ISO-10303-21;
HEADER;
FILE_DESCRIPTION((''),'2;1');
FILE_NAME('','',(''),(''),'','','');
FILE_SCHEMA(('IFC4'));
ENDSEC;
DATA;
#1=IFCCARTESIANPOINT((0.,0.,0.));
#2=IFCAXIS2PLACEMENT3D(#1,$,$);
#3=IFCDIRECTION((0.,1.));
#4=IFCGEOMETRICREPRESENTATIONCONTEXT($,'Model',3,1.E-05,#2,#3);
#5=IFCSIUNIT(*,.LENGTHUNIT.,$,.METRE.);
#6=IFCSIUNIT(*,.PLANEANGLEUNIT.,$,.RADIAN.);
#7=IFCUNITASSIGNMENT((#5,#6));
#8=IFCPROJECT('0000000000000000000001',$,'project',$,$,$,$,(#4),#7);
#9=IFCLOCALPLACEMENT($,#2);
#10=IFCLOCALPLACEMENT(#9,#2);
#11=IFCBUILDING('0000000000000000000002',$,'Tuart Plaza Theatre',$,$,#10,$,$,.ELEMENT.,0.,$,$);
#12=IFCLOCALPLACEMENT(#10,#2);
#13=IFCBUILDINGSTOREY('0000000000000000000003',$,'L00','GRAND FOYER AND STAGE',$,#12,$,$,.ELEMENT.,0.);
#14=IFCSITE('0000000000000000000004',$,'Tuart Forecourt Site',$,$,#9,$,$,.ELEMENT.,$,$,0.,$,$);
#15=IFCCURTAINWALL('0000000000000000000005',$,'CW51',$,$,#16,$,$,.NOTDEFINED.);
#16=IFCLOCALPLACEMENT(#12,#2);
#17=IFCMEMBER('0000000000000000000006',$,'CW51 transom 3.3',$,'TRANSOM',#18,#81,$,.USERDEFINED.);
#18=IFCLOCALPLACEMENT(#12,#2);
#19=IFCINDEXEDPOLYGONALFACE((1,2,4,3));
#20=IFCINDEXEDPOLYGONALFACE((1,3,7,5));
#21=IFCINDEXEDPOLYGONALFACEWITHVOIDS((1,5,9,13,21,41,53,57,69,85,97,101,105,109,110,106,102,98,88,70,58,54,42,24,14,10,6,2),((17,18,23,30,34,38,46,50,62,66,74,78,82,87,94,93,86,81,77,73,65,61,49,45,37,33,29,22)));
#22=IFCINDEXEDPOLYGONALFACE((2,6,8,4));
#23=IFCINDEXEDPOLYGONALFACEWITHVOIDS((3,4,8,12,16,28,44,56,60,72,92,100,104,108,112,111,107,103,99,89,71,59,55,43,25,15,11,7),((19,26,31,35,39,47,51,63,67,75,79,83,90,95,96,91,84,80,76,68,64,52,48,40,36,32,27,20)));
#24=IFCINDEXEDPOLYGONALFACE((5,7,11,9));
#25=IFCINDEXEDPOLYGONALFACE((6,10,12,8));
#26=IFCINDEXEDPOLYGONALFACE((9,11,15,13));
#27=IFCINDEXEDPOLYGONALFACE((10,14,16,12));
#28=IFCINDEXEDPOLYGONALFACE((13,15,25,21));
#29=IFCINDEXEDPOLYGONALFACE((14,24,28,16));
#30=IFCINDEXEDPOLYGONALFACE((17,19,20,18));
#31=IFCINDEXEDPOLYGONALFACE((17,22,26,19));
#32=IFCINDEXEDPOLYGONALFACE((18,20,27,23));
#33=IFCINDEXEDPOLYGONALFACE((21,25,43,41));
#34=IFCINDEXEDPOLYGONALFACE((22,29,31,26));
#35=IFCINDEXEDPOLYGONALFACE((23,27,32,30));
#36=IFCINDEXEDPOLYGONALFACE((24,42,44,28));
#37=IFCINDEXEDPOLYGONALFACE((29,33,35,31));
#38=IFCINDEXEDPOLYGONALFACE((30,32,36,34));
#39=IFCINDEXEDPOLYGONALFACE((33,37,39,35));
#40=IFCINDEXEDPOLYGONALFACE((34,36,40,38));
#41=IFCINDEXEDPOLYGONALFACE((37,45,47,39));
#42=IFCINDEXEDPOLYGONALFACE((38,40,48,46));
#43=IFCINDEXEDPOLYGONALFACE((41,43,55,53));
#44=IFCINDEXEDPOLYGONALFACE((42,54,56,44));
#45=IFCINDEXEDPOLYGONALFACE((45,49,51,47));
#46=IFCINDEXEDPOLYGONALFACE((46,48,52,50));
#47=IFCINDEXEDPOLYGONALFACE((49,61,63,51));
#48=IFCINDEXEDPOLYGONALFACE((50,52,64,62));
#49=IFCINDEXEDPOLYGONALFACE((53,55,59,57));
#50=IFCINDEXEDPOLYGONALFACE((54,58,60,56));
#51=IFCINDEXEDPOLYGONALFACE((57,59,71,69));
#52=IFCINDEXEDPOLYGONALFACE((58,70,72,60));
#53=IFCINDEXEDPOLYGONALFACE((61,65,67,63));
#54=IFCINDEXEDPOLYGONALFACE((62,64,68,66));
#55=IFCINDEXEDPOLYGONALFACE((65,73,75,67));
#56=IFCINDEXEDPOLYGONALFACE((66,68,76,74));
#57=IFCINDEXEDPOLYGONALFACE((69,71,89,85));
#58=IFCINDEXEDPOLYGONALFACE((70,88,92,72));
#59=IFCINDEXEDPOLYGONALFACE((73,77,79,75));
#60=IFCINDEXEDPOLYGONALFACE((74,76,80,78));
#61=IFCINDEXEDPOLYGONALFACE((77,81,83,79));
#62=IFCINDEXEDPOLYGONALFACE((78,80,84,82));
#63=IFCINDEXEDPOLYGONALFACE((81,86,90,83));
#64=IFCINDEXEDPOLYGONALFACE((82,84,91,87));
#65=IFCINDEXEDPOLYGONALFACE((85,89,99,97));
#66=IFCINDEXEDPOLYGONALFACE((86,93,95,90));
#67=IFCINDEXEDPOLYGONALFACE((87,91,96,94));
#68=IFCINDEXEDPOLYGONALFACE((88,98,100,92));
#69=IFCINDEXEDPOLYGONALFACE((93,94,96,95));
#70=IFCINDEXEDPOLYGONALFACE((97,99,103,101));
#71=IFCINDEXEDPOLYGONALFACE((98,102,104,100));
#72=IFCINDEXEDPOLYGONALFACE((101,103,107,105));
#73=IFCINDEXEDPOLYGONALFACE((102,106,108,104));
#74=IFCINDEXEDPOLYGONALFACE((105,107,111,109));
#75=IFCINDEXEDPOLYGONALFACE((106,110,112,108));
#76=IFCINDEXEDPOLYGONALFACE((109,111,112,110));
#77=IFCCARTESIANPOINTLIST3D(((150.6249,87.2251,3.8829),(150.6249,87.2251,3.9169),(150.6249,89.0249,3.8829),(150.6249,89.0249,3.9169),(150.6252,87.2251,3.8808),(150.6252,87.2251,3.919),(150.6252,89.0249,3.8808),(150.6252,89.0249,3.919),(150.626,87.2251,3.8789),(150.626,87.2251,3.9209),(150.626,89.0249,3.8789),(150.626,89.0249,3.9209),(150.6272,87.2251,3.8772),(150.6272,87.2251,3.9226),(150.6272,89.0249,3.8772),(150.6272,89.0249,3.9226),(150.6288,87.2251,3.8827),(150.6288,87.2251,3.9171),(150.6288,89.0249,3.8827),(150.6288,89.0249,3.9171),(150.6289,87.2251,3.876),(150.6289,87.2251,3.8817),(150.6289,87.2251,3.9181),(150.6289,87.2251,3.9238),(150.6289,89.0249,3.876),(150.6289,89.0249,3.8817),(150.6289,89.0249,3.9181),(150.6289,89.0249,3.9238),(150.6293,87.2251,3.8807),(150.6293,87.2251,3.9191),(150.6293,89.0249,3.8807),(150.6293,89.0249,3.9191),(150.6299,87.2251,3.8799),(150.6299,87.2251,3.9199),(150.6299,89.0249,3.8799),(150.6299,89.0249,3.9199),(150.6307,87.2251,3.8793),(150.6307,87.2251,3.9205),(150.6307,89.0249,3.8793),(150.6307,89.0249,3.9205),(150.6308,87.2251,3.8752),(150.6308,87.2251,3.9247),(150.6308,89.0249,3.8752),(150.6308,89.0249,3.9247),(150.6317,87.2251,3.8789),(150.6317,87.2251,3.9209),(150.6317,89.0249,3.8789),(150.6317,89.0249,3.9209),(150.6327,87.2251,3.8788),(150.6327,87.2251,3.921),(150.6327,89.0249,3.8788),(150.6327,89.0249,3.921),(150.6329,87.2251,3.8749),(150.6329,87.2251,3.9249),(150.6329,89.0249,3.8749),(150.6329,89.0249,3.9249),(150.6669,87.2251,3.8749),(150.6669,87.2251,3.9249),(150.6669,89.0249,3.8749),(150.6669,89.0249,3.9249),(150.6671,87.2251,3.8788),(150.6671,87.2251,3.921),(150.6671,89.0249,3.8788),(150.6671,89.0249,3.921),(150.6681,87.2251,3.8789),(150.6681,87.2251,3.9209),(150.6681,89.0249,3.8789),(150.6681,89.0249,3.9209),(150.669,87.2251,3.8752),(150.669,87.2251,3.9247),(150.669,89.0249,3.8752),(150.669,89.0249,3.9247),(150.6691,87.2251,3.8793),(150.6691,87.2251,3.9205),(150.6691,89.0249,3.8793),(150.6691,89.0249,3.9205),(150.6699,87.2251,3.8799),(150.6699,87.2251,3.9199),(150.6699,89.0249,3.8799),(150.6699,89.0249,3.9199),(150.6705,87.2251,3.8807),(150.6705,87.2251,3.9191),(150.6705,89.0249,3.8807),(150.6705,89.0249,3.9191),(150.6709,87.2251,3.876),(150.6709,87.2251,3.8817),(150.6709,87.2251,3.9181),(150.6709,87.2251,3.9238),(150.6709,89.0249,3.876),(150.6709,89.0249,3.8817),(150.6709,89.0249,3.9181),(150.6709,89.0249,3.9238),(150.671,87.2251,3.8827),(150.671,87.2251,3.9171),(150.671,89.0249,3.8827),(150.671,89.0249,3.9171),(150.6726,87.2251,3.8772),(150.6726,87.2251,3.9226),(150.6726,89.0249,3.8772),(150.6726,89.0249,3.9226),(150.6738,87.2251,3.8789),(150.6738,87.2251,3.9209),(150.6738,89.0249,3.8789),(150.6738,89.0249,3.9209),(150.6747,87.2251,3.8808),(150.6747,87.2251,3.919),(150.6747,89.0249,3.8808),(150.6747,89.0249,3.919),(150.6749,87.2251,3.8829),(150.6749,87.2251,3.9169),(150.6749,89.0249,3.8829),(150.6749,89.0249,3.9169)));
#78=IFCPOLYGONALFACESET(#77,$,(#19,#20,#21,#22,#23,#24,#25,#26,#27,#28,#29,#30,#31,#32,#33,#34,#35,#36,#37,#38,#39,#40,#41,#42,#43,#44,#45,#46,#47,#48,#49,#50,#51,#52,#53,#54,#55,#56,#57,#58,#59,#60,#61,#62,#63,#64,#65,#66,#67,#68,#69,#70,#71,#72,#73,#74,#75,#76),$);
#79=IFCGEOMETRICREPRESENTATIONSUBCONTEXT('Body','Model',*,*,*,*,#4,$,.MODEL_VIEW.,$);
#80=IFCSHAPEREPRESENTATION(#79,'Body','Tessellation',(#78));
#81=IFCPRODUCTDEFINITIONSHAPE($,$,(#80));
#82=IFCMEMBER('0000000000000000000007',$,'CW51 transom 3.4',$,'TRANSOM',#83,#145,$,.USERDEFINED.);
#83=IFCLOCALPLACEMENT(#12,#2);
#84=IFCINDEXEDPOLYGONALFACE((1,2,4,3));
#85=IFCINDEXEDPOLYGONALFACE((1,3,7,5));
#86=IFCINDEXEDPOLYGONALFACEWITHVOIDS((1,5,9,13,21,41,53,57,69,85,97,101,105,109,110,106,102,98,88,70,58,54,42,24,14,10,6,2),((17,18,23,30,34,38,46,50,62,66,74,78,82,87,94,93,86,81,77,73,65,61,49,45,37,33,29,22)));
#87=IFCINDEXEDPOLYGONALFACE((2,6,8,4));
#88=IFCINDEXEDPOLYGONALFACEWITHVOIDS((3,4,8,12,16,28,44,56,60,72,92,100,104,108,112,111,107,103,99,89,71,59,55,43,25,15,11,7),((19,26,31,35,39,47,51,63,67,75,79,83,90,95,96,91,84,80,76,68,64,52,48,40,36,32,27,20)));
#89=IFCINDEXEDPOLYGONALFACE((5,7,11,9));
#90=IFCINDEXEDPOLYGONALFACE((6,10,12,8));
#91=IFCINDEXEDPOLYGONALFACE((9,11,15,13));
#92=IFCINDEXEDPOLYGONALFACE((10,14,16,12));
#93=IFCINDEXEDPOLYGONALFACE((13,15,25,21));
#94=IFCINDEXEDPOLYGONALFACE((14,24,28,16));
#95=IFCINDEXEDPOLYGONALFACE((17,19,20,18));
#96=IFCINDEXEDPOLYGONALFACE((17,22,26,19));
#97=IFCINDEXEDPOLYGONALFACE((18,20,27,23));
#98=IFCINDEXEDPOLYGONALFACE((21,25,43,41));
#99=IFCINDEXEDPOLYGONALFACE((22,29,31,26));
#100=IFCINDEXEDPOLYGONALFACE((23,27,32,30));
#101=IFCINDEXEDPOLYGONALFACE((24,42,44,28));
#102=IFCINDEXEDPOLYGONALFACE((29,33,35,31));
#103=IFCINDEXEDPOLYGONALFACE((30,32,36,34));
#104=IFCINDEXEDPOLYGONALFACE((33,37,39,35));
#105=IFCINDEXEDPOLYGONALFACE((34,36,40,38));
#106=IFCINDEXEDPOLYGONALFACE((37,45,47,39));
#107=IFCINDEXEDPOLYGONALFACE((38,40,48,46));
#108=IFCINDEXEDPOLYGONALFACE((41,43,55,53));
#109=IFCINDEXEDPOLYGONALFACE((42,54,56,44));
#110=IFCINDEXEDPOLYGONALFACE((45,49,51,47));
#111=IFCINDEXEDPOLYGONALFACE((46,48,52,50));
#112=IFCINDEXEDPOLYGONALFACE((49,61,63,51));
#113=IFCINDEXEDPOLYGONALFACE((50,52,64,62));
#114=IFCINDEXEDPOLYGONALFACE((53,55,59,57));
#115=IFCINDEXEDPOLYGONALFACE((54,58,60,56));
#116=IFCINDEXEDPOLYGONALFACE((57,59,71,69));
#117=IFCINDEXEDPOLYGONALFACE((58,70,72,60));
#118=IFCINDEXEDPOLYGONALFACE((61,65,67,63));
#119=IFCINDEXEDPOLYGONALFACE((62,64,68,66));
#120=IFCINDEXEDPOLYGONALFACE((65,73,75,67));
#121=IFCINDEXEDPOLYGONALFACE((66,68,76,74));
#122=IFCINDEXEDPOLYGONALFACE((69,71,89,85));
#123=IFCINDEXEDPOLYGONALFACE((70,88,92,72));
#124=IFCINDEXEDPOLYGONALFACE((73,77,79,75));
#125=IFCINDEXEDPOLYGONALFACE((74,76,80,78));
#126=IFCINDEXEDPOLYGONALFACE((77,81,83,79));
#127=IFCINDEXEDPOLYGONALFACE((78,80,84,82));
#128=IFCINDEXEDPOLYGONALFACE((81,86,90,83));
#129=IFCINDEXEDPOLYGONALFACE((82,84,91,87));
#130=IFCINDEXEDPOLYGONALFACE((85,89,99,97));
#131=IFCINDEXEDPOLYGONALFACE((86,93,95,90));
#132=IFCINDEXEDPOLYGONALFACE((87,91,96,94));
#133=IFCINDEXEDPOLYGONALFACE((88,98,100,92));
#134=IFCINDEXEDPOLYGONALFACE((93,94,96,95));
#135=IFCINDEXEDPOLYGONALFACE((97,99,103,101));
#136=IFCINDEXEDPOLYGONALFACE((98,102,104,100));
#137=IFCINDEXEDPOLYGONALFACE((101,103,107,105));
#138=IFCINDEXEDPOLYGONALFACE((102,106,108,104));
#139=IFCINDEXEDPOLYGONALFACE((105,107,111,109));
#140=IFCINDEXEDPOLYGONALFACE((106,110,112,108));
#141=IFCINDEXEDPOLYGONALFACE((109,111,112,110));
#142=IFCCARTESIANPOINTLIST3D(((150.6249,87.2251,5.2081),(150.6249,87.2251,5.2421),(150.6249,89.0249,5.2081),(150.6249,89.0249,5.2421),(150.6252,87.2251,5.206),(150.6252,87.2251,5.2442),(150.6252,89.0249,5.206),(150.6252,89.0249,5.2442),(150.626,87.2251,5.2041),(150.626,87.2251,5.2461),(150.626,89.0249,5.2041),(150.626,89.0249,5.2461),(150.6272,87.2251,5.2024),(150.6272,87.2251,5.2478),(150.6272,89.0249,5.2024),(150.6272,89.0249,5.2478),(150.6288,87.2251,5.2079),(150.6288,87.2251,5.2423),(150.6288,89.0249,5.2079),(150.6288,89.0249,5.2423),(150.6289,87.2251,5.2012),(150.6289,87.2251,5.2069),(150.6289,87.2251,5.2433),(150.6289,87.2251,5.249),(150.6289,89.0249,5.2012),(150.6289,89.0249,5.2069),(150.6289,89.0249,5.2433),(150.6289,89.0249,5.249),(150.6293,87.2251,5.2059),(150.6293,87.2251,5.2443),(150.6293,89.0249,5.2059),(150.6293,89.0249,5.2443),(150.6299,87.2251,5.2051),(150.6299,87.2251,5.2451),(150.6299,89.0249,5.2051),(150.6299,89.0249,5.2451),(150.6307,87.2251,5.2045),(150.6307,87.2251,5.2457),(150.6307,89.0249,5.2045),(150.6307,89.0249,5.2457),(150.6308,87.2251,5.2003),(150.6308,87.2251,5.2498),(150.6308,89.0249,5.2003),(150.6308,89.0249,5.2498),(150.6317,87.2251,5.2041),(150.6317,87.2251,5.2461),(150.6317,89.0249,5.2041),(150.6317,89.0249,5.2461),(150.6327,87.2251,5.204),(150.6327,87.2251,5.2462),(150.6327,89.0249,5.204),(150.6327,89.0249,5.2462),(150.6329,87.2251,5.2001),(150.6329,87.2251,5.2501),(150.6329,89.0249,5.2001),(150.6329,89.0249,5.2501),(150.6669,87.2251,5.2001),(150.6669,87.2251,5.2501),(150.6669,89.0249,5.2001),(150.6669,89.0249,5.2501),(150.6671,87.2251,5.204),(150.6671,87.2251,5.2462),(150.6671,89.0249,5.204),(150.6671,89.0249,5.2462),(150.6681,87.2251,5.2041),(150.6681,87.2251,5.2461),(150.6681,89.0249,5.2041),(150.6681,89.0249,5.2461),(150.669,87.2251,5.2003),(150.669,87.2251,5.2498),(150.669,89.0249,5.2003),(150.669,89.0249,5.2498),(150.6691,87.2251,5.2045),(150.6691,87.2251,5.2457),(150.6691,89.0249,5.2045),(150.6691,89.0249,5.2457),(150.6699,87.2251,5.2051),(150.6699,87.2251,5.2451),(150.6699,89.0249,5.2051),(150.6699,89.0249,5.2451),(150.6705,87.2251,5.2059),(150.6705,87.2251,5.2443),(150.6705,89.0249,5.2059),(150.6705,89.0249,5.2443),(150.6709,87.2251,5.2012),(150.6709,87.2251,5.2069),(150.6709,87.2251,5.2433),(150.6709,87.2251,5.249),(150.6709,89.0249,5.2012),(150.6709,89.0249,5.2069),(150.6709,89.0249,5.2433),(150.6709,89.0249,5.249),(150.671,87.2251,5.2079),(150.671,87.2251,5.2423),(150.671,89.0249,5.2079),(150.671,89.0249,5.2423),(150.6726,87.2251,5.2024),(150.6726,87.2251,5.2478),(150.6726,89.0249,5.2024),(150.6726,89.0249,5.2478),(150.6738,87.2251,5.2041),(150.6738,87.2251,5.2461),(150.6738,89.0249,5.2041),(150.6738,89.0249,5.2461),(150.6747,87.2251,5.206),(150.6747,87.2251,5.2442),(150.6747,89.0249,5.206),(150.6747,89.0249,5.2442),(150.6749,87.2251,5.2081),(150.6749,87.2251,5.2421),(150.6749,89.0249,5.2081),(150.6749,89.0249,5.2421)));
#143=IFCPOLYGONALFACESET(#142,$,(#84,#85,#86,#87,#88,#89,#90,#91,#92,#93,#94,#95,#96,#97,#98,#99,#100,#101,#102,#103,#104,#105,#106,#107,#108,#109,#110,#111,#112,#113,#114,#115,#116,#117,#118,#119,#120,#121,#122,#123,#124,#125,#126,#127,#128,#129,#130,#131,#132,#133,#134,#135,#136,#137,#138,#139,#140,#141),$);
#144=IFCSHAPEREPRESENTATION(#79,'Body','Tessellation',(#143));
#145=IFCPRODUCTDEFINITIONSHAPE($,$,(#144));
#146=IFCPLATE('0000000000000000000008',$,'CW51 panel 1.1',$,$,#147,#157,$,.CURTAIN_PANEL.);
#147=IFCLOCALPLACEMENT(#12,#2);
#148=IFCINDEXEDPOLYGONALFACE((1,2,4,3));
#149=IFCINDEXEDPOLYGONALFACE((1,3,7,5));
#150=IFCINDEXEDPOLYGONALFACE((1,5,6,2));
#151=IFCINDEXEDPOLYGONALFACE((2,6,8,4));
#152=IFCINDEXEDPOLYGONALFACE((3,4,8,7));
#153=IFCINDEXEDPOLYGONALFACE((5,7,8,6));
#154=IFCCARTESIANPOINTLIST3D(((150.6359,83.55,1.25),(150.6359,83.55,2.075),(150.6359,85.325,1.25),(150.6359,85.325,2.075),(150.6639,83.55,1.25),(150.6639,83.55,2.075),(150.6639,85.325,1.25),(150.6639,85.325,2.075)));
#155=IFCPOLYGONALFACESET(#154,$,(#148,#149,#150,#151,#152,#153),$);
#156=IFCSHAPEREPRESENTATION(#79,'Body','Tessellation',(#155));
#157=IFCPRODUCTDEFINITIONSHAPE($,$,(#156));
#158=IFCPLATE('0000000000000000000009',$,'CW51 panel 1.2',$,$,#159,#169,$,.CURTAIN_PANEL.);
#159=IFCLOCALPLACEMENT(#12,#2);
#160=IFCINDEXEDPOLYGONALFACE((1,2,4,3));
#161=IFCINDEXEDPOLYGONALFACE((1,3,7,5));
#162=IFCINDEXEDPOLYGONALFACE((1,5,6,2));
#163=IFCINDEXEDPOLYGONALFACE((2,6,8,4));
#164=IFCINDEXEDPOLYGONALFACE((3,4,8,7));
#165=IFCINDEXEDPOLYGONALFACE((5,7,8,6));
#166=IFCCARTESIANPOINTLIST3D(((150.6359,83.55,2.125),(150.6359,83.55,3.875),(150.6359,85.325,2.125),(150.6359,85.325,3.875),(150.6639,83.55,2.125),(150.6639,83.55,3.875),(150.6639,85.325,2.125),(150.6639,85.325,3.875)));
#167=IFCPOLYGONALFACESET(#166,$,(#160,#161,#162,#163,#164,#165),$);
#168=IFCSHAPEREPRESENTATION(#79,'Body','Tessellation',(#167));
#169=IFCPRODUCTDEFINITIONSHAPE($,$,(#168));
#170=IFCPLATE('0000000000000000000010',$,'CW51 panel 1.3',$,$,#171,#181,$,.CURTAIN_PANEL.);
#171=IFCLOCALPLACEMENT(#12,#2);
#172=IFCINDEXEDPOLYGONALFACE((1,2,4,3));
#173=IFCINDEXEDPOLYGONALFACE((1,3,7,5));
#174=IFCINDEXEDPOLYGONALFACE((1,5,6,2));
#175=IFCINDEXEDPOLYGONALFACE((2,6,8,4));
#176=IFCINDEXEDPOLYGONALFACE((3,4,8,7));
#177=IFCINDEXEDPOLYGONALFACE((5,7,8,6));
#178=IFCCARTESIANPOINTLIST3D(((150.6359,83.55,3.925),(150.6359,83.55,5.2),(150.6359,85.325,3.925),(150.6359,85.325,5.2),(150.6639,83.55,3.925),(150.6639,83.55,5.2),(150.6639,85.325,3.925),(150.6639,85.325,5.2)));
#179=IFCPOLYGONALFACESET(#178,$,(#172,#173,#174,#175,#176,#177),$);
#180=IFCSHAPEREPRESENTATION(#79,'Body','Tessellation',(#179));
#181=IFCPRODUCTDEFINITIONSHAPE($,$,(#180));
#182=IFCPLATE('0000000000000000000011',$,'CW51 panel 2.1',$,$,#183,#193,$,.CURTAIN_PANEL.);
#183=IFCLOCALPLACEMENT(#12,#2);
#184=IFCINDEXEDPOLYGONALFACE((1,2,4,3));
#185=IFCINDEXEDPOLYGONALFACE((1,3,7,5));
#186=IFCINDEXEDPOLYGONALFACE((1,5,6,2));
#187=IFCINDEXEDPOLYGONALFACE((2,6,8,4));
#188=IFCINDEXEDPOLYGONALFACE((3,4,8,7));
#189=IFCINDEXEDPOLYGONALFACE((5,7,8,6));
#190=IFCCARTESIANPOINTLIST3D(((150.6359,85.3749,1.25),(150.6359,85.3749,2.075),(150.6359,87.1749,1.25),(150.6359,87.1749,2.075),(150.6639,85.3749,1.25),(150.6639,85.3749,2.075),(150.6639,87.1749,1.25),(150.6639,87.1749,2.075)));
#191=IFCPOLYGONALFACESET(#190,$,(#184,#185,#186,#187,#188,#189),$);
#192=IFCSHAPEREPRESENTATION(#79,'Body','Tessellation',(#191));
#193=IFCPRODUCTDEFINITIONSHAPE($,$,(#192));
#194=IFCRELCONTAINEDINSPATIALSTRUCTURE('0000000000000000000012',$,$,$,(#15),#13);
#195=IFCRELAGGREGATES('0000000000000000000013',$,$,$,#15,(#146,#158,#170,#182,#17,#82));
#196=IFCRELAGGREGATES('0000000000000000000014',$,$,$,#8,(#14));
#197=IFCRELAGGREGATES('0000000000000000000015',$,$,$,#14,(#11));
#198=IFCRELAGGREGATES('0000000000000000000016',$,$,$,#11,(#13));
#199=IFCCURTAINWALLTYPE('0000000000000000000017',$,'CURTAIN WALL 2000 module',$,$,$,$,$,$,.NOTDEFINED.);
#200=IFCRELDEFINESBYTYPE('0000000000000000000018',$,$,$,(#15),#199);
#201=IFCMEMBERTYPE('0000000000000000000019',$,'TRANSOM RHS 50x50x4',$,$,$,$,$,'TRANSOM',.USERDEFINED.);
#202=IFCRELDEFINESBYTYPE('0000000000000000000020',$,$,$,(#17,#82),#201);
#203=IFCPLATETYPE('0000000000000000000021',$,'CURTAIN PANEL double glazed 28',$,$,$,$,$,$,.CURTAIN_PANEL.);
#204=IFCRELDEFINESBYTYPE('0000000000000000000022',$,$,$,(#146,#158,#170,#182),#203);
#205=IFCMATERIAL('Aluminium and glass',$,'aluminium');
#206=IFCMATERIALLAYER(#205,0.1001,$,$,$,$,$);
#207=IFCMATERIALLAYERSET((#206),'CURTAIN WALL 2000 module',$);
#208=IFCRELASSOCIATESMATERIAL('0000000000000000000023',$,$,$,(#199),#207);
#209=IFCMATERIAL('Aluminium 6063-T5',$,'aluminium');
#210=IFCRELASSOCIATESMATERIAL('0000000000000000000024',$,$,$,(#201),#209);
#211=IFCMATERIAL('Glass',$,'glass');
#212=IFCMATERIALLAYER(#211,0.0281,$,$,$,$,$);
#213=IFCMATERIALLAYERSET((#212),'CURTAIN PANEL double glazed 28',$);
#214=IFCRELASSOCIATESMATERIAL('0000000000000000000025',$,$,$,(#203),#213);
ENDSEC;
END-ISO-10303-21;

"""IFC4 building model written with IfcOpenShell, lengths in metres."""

from ifc_helpers import new_model, si_unit, direction, frame, origin, origin_2d, place, context, subcontext, project, spatial, rectangle, hollow_rectangle, extrude, material, layer, layer_set, material_profile, profile_set, type_object, element, aggregate, save


model = new_model("IFC4")

# Units and contexts
model_context = context("Model", 3, precision=1e-05, world=origin(), true_north=direction((0.0, 1.0)))
body_context = subcontext(model_context, "Body", "Model", "MODEL_VIEW")
ifc_project = project(units=[si_unit("LENGTHUNIT", "METRE"), si_unit("PLANEANGLEUNIT", "RADIAN")], contexts=[model_context])

# Site, building, storey
site_placement = place(None, origin())
site = spatial("IfcSite", under=ifc_project, at=site_placement, Name="Tuart Forecourt Site", CompositionType="ELEMENT", RefElevation=0.0)
building_placement = place(site_placement, origin())
building = spatial("IfcBuilding", under=site, at=building_placement, Name="Tuart Plaza Theatre", CompositionType="ELEMENT", ElevationOfRefHeight=0.0)
storey_placement = place(building_placement, origin())
storey = spatial("IfcBuildingStorey", under=building, at=storey_placement, Name="L00", Description="GRAND FOYER AND STAGE", CompositionType="ELEMENT", Elevation=0.0)

# Curtain wall, members, plates
ifc_material_1 = material(Name="Aluminium and glass", Category="aluminium")
ifc_layer_1 = layer(ifc_material_1, 0.1001)
ifc_layer_set_1 = layer_set([ifc_layer_1], Name="CURTAIN WALL 2000 module")
curtain_wall_type = type_object("IfcCurtainWallType", Name="CURTAIN WALL 2000 module", PredefinedType="NOTDEFINED", material=ifc_layer_set_1)
curtain_wall_placement = place(storey_placement, origin())
curtain_wall = element("IfcCurtainWall", 1, at=curtain_wall_placement, inside=storey, type_object=curtain_wall_type, Name="CW51", PredefinedType="NOTDEFINED")
ifc_material_2 = material(Name="Aluminium 6063-T5", Category="aluminium")
ifc_material_profile_1 = material_profile(ifc_material_2, hollow_rectangle(XDim=0.05, YDim=0.05, WallThickness=0.0039, InnerFilletRadius=0.0039, OuterFilletRadius=0.0081, at=origin_2d()), Name="RHS 50x50x4")
ifc_profile_set_1 = profile_set([ifc_material_profile_1], Name="Aluminium 6063-T5")
member_type_1 = type_object("IfcMemberType", Name="TRANSOM RHS 50x50x4", ElementType="TRANSOM", PredefinedType="USERDEFINED", material=ifc_profile_set_1)
member_1_placement = place(storey_placement, frame((150.6499, 87.2251, 3.8999), z_axis=(0.0, 1.0, 0.0), x_axis=(-1.0, 0.0, 0.0)))
member_1 = element("IfcMember", 2, at=member_1_placement, type_object=member_type_1, Name="CW51 transom 3.3", ObjectType="TRANSOM", PredefinedType="USERDEFINED", context=body_context, shape_type="SweptSolid", body=[
    extrude(hollow_rectangle(XDim=0.05, YDim=0.05, WallThickness=0.0039, InnerFilletRadius=0.0039, OuterFilletRadius=0.0081, at=origin_2d()), origin(), (0.0, 0.0, 1.0), 1.7998),
])
member_2_placement = place(storey_placement, frame((150.6499, 87.2251, 5.2251), z_axis=(0.0, 1.0, 0.0), x_axis=(-1.0, 0.0, 0.0)))
member_2 = element("IfcMember", 3, at=member_2_placement, type_object=member_type_1, Name="CW51 transom 3.4", ObjectType="TRANSOM", PredefinedType="USERDEFINED", context=body_context, shape_type="SweptSolid", body=[
    extrude(hollow_rectangle(XDim=0.05, YDim=0.05, WallThickness=0.0039, InnerFilletRadius=0.0039, OuterFilletRadius=0.0081, at=origin_2d()), origin(), (0.0, 0.0, 1.0), 1.7998),
])
ifc_material_3 = material(Name="Glass", Category="glass")
ifc_layer_2 = layer(ifc_material_3, 0.0281)
ifc_layer_set_2 = layer_set([ifc_layer_2], Name="CURTAIN PANEL double glazed 28")
plate_type = type_object("IfcPlateType", Name="CURTAIN PANEL double glazed 28", PredefinedType="CURTAIN_PANEL", material=ifc_layer_set_2)
plate_1_placement = place(storey_placement, frame((150.6499, 84.4375, 1.25), z_axis=(0.0, 0.0, 1.0), x_axis=(0.0, 1.0, 0.0)))
plate_1 = element("IfcPlate", 4, at=plate_1_placement, type_object=plate_type, Name="CW51 panel 1.1", PredefinedType="CURTAIN_PANEL", context=body_context, shape_type="SweptSolid", body=[
    extrude(rectangle(XDim=1.7749, YDim=0.0281, at=origin_2d()), origin(), (0.0, 0.0, 1.0), 0.825),
])
plate_2_placement = place(storey_placement, frame((150.6499, 84.4375, 2.125), z_axis=(0.0, 0.0, 1.0), x_axis=(0.0, 1.0, 0.0)))
plate_2 = element("IfcPlate", 5, at=plate_2_placement, type_object=plate_type, Name="CW51 panel 1.2", PredefinedType="CURTAIN_PANEL", context=body_context, shape_type="SweptSolid", body=[
    extrude(rectangle(XDim=1.7749, YDim=0.0281, at=origin_2d()), origin(), (0.0, 0.0, 1.0), 1.75),
])
plate_3_placement = place(storey_placement, frame((150.6499, 84.4375, 3.925), z_axis=(0.0, 0.0, 1.0), x_axis=(0.0, 1.0, 0.0)))
plate_3 = element("IfcPlate", 6, at=plate_3_placement, type_object=plate_type, Name="CW51 panel 1.3", PredefinedType="CURTAIN_PANEL", context=body_context, shape_type="SweptSolid", body=[
    extrude(rectangle(XDim=1.7749, YDim=0.0281, at=origin_2d()), origin(), (0.0, 0.0, 1.0), 1.2749),
])
plate_4_placement = place(storey_placement, frame((150.6499, 86.2749, 1.25), z_axis=(0.0, 0.0, 1.0), x_axis=(0.0, 1.0, 0.0)))
plate_4 = element("IfcPlate", 7, at=plate_4_placement, type_object=plate_type, Name="CW51 panel 2.1", PredefinedType="CURTAIN_PANEL", context=body_context, shape_type="SweptSolid", body=[
    extrude(rectangle(XDim=1.8, YDim=0.0281, at=origin_2d()), origin(), (0.0, 0.0, 1.0), 0.825),
])
aggregate(curtain_wall, [plate_1, plate_2, plate_3, plate_4, member_1, member_2])

save(model, "model.ifc")
